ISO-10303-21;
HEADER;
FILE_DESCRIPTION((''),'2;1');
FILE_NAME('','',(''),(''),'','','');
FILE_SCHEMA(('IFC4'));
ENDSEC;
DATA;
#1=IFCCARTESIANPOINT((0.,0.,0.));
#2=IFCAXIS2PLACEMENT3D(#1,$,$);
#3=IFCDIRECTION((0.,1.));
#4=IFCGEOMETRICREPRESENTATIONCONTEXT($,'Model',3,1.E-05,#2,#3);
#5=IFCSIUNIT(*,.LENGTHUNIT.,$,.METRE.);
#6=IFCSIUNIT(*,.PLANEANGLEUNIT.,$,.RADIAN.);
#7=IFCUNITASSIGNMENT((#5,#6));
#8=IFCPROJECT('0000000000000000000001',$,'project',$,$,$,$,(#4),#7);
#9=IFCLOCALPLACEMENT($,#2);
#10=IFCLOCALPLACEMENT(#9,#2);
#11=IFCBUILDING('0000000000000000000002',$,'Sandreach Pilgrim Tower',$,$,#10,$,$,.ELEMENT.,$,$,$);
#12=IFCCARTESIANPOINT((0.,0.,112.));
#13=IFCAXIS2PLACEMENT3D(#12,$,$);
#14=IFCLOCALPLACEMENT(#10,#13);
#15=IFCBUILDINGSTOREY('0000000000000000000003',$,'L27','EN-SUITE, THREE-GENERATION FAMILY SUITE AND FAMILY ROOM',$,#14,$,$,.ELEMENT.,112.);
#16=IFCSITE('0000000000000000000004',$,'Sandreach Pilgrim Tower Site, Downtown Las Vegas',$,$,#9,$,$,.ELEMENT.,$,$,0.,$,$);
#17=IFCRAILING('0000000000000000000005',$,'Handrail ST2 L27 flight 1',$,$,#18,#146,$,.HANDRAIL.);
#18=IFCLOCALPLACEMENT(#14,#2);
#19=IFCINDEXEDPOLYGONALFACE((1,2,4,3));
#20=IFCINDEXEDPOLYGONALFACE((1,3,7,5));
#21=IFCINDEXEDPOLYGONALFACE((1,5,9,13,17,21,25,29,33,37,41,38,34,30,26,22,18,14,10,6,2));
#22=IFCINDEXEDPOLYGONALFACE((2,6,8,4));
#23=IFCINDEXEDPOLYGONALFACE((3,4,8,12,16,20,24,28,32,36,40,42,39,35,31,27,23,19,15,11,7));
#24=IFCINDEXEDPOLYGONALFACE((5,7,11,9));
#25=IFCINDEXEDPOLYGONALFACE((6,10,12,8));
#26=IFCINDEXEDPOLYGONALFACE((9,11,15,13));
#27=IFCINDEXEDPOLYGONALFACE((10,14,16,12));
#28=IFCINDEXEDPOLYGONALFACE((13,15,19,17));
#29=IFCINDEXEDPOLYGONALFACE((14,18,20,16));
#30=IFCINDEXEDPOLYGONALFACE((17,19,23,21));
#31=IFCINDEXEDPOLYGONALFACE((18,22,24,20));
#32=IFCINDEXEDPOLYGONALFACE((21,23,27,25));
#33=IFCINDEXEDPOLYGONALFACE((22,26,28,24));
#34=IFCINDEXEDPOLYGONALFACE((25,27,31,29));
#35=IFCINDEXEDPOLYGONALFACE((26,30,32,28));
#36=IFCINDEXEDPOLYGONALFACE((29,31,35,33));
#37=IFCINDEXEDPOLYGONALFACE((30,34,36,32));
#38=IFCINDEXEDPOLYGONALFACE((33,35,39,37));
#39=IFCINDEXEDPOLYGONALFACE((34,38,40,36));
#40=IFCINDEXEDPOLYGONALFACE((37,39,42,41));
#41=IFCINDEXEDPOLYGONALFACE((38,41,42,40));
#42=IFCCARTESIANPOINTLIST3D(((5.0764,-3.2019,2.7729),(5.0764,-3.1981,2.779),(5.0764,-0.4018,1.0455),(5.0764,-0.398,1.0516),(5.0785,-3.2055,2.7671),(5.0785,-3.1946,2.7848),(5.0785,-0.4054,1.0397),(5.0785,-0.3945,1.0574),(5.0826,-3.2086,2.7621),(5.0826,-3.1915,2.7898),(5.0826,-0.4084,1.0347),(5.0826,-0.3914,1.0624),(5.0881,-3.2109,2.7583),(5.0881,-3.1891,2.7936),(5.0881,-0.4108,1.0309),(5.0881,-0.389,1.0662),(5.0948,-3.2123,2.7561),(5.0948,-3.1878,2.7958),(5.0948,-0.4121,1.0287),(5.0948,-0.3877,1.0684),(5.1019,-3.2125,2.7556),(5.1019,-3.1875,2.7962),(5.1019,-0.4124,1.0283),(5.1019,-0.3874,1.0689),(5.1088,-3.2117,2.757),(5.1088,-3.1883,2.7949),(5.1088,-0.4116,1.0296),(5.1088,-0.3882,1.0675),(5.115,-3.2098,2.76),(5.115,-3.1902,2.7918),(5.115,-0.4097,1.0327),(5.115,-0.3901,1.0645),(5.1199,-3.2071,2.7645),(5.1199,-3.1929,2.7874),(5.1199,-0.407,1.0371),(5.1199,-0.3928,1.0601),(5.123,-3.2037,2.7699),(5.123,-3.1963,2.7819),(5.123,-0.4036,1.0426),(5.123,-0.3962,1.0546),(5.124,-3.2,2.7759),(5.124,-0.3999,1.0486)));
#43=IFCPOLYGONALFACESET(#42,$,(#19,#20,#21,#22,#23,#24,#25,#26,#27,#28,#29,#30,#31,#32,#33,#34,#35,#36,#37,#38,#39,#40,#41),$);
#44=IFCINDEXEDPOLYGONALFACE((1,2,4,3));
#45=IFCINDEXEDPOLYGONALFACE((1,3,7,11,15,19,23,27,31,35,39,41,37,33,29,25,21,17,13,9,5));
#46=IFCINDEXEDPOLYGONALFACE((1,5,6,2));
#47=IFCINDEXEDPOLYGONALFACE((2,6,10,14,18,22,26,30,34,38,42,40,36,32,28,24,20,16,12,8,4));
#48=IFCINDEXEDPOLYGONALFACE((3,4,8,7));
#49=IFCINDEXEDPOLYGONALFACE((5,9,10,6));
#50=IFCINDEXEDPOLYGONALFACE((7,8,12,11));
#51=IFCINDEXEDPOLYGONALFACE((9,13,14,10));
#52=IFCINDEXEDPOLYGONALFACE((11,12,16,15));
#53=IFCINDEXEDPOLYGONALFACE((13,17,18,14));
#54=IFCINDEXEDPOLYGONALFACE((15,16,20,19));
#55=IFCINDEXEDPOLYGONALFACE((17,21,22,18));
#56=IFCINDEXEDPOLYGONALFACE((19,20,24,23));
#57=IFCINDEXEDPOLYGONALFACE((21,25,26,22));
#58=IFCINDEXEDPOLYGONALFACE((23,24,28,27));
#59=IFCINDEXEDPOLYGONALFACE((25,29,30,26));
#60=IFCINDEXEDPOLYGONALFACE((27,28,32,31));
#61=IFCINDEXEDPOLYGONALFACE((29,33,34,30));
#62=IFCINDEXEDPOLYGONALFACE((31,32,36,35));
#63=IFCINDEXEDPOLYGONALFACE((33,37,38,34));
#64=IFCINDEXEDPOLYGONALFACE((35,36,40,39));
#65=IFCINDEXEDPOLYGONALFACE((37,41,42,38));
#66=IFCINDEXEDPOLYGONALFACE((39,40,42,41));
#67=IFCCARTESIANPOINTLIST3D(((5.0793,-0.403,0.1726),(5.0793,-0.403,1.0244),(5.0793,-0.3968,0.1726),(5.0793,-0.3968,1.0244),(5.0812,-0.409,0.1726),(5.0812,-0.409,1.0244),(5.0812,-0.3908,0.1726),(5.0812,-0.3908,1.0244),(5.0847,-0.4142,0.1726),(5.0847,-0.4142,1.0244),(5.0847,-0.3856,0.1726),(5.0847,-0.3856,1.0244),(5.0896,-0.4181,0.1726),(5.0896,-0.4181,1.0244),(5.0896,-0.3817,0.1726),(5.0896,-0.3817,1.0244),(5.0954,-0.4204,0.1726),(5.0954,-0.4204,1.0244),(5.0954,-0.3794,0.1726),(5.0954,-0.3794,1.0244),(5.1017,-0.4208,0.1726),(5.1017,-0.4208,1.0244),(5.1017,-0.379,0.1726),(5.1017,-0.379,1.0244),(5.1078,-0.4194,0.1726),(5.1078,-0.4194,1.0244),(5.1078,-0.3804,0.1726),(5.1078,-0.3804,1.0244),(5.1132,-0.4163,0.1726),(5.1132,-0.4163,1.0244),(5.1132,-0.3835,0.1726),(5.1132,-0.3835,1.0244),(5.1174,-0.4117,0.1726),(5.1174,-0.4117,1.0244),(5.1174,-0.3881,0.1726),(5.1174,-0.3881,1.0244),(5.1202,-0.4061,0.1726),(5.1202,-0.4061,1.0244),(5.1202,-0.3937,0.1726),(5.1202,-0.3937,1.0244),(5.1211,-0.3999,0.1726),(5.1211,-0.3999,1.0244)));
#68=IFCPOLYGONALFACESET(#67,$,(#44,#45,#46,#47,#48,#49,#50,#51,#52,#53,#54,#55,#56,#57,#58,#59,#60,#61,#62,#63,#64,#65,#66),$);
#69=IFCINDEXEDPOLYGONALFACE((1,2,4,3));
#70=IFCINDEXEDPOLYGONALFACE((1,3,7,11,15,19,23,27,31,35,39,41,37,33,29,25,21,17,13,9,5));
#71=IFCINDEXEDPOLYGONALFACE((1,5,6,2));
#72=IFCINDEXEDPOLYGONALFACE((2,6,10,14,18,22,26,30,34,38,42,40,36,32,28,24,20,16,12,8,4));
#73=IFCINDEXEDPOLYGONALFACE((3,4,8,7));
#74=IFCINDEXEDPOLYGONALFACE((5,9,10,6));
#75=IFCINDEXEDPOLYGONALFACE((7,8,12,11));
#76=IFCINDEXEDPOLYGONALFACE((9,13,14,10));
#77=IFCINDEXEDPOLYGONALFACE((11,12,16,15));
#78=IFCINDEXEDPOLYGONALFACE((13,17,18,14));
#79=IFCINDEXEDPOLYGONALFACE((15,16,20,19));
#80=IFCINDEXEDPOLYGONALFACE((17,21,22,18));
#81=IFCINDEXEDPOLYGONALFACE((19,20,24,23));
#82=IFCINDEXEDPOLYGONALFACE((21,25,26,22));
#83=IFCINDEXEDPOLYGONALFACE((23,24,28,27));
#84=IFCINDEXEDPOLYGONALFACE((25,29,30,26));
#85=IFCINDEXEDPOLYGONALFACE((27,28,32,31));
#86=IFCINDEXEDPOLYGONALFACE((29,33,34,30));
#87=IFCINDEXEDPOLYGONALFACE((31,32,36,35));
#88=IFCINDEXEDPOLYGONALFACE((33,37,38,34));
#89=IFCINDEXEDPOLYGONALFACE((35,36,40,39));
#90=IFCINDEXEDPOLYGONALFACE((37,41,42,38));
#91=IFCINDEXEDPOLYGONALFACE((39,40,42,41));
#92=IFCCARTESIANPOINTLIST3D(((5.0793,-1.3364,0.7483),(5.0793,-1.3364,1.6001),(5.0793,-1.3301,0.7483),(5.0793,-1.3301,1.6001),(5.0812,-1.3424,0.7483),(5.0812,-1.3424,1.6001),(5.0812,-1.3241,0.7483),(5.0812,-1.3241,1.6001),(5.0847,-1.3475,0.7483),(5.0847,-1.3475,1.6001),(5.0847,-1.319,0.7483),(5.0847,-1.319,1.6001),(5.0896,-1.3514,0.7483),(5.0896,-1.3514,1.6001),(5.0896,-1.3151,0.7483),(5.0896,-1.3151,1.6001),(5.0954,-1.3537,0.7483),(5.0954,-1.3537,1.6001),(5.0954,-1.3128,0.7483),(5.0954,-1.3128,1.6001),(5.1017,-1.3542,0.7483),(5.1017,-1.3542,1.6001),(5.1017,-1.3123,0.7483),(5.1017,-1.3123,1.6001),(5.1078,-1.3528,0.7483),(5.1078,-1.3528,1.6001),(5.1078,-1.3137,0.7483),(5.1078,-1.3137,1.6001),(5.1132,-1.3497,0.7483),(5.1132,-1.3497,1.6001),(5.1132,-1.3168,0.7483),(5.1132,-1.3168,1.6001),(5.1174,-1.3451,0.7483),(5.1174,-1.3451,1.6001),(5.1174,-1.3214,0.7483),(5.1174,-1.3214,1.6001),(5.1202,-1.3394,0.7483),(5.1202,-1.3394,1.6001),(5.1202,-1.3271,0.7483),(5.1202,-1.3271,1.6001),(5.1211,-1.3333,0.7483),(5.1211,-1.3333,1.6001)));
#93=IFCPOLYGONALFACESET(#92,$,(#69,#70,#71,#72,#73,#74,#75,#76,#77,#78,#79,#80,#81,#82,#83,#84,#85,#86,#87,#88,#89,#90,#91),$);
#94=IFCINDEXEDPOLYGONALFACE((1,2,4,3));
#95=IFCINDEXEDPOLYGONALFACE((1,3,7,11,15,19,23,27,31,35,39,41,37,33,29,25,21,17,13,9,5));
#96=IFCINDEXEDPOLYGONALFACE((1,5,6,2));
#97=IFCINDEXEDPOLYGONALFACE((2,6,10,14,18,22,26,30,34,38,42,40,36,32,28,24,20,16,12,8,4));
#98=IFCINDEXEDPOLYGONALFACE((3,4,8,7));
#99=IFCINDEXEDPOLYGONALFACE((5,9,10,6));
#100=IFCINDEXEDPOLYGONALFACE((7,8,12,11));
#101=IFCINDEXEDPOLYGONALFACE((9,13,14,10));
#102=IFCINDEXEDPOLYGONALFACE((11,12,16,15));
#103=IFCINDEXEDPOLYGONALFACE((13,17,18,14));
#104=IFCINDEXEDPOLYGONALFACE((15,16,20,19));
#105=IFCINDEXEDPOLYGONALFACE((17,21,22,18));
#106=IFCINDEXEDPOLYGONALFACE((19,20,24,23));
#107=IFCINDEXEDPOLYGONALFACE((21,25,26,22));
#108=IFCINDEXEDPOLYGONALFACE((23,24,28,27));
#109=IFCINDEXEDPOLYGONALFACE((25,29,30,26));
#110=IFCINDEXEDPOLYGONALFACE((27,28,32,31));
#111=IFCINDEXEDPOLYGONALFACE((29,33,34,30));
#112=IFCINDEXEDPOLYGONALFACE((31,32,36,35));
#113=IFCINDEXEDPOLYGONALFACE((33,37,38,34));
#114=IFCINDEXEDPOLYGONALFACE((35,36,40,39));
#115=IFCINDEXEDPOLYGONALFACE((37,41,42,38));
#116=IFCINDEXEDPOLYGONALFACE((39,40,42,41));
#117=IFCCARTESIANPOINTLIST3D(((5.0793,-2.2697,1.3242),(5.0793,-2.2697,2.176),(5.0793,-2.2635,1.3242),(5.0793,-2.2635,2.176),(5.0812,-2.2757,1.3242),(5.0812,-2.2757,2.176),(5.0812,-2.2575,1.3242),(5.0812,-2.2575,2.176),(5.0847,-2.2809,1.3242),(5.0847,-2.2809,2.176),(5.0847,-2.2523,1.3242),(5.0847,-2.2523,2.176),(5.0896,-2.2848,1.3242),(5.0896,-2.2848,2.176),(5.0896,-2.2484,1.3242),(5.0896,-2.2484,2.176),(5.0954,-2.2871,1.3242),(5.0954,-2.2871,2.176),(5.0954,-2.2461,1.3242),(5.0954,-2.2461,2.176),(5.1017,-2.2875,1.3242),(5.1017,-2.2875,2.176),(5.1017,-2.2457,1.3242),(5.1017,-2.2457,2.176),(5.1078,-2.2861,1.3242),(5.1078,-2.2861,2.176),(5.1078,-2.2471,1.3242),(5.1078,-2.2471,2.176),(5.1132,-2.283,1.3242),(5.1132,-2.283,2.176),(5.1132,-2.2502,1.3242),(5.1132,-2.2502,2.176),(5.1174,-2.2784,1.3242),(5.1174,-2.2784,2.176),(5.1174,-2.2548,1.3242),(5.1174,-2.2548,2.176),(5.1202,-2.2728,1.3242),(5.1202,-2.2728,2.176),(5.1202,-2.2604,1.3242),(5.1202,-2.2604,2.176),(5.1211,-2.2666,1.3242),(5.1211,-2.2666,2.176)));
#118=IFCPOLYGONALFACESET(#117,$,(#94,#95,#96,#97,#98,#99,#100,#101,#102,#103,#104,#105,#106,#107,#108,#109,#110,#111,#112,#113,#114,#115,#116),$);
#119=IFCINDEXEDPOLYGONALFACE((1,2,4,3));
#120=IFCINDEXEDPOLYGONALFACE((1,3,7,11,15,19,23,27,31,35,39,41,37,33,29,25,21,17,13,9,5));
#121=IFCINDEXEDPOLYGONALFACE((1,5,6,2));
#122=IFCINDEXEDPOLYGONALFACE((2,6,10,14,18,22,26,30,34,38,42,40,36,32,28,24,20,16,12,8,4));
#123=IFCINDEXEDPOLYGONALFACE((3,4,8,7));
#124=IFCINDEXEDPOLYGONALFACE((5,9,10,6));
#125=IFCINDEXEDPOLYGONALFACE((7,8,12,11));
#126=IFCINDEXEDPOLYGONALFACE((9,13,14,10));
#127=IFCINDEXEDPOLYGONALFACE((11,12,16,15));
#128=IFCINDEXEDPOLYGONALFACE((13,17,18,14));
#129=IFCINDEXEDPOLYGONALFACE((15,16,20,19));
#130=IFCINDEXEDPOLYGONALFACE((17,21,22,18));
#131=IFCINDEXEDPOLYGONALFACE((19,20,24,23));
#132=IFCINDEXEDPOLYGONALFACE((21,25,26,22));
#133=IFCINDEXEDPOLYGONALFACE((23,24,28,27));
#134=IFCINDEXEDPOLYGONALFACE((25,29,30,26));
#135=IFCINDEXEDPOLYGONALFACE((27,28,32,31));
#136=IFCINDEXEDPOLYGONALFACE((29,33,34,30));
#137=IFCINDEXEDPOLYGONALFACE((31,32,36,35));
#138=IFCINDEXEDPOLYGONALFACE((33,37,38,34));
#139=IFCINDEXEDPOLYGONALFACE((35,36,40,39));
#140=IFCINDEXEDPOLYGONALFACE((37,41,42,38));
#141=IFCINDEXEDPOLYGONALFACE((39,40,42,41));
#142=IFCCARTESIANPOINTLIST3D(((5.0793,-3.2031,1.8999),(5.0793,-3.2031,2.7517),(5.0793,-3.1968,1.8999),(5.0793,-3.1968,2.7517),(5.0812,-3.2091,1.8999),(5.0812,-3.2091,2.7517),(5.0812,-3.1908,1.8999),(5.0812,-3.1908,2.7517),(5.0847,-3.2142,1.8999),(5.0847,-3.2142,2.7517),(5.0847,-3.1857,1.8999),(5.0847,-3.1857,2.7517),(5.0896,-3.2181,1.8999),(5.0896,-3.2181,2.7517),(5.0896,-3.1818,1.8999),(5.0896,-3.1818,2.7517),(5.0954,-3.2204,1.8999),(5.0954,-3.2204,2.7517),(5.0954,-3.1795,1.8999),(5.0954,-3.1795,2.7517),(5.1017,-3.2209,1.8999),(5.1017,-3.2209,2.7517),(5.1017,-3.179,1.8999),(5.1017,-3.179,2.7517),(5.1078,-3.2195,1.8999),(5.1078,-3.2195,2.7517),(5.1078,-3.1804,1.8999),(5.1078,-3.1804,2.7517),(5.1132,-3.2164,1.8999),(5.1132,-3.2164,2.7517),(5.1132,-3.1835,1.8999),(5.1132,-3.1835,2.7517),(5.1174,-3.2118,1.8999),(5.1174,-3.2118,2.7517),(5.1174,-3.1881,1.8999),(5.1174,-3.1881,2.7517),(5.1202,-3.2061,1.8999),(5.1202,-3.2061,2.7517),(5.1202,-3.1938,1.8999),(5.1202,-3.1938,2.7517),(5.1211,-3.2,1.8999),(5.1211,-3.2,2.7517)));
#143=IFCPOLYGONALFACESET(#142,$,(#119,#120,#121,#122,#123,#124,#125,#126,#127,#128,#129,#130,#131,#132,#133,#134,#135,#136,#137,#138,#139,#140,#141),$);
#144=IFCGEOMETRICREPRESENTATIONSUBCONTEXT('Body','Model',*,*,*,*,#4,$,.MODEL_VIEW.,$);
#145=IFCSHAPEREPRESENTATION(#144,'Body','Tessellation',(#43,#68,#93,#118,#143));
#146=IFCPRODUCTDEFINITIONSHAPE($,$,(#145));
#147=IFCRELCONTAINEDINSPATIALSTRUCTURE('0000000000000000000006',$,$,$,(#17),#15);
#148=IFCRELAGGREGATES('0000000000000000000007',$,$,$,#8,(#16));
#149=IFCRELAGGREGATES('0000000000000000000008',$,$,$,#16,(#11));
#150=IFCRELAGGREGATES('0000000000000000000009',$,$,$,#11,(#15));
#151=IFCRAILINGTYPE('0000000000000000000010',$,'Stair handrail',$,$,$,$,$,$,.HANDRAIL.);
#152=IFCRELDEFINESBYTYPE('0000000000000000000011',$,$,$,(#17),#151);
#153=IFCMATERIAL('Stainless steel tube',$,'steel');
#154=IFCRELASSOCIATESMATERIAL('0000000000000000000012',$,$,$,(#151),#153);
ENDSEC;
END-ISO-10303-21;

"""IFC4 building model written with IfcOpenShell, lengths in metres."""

from ifc_helpers import new_model, si_unit, direction, frame, origin, origin_2d, place, context, subcontext, project, spatial, circle, extrude, material, type_object, element, save


model = new_model("IFC4")

# Units and contexts
model_context = context("Model", 3, precision=1e-05, world=origin(), true_north=direction((0.0, 1.0)))
body_context = subcontext(model_context, "Body", "Model", "MODEL_VIEW")
ifc_project = project(units=[si_unit("LENGTHUNIT", "METRE"), si_unit("PLANEANGLEUNIT", "RADIAN")], contexts=[model_context])

# Site, building, storey
site_placement = place(None, origin())
site = spatial("IfcSite", under=ifc_project, at=site_placement, Name="Sandreach Pilgrim Tower Site, Downtown Las Vegas", CompositionType="ELEMENT", RefElevation=0.0)
building_placement = place(site_placement, origin())
building = spatial("IfcBuilding", under=site, at=building_placement, Name="Sandreach Pilgrim Tower", CompositionType="ELEMENT")
storey_placement = place(building_placement, frame((0.0, 0.0, 112.0)))
storey = spatial("IfcBuildingStorey", under=building, at=storey_placement, Name="L27", Description="EN-SUITE, THREE-GENERATION FAMILY SUITE AND FAMILY ROOM", CompositionType="ELEMENT", Elevation=112.0)

# Railing
ifc_material_1 = material(Name="Stainless steel tube", Category="steel")
railing_type = type_object("IfcRailingType", Name="Stair handrail", PredefinedType="HANDRAIL", material=ifc_material_1)
for number, where, name in (
    (1, (5.1001, -0.3999, 0.1726), "Handrail ST2 L27 flight 1"),
):
    element("IfcRailing", number, at=place(storey_placement, frame(where)), inside=storey, type_object=railing_type, Name=name, PredefinedType="HANDRAIL", context=body_context, shape_type="SweptSolid", body=[
        extrude(circle(Radius=0.0239, at=origin_2d()), frame((0.0, 0.0, 0.876), z_axis=(0.0, -0.85109, 0.52502), x_axis=(1.0, 0.0, 0.0)), (0.0, 0.0, 1.0), 3.29),
        extrude(circle(Radius=0.021, at=origin_2d()), origin(), (0.0, 0.0, 1.0), 0.8518),
        extrude(circle(Radius=0.021, at=origin_2d()), frame((0.0, -0.9333, 0.5757)), (0.0, 0.0, 1.0), 0.8518),
        extrude(circle(Radius=0.021, at=origin_2d()), frame((0.0, -1.8667, 1.1516)), (0.0, 0.0, 1.0), 0.8518),
        extrude(circle(Radius=0.021, at=origin_2d()), frame((0.0, -2.8, 1.7273)), (0.0, 0.0, 1.0), 0.8518),
    ])

save(model, "model.ifc")
